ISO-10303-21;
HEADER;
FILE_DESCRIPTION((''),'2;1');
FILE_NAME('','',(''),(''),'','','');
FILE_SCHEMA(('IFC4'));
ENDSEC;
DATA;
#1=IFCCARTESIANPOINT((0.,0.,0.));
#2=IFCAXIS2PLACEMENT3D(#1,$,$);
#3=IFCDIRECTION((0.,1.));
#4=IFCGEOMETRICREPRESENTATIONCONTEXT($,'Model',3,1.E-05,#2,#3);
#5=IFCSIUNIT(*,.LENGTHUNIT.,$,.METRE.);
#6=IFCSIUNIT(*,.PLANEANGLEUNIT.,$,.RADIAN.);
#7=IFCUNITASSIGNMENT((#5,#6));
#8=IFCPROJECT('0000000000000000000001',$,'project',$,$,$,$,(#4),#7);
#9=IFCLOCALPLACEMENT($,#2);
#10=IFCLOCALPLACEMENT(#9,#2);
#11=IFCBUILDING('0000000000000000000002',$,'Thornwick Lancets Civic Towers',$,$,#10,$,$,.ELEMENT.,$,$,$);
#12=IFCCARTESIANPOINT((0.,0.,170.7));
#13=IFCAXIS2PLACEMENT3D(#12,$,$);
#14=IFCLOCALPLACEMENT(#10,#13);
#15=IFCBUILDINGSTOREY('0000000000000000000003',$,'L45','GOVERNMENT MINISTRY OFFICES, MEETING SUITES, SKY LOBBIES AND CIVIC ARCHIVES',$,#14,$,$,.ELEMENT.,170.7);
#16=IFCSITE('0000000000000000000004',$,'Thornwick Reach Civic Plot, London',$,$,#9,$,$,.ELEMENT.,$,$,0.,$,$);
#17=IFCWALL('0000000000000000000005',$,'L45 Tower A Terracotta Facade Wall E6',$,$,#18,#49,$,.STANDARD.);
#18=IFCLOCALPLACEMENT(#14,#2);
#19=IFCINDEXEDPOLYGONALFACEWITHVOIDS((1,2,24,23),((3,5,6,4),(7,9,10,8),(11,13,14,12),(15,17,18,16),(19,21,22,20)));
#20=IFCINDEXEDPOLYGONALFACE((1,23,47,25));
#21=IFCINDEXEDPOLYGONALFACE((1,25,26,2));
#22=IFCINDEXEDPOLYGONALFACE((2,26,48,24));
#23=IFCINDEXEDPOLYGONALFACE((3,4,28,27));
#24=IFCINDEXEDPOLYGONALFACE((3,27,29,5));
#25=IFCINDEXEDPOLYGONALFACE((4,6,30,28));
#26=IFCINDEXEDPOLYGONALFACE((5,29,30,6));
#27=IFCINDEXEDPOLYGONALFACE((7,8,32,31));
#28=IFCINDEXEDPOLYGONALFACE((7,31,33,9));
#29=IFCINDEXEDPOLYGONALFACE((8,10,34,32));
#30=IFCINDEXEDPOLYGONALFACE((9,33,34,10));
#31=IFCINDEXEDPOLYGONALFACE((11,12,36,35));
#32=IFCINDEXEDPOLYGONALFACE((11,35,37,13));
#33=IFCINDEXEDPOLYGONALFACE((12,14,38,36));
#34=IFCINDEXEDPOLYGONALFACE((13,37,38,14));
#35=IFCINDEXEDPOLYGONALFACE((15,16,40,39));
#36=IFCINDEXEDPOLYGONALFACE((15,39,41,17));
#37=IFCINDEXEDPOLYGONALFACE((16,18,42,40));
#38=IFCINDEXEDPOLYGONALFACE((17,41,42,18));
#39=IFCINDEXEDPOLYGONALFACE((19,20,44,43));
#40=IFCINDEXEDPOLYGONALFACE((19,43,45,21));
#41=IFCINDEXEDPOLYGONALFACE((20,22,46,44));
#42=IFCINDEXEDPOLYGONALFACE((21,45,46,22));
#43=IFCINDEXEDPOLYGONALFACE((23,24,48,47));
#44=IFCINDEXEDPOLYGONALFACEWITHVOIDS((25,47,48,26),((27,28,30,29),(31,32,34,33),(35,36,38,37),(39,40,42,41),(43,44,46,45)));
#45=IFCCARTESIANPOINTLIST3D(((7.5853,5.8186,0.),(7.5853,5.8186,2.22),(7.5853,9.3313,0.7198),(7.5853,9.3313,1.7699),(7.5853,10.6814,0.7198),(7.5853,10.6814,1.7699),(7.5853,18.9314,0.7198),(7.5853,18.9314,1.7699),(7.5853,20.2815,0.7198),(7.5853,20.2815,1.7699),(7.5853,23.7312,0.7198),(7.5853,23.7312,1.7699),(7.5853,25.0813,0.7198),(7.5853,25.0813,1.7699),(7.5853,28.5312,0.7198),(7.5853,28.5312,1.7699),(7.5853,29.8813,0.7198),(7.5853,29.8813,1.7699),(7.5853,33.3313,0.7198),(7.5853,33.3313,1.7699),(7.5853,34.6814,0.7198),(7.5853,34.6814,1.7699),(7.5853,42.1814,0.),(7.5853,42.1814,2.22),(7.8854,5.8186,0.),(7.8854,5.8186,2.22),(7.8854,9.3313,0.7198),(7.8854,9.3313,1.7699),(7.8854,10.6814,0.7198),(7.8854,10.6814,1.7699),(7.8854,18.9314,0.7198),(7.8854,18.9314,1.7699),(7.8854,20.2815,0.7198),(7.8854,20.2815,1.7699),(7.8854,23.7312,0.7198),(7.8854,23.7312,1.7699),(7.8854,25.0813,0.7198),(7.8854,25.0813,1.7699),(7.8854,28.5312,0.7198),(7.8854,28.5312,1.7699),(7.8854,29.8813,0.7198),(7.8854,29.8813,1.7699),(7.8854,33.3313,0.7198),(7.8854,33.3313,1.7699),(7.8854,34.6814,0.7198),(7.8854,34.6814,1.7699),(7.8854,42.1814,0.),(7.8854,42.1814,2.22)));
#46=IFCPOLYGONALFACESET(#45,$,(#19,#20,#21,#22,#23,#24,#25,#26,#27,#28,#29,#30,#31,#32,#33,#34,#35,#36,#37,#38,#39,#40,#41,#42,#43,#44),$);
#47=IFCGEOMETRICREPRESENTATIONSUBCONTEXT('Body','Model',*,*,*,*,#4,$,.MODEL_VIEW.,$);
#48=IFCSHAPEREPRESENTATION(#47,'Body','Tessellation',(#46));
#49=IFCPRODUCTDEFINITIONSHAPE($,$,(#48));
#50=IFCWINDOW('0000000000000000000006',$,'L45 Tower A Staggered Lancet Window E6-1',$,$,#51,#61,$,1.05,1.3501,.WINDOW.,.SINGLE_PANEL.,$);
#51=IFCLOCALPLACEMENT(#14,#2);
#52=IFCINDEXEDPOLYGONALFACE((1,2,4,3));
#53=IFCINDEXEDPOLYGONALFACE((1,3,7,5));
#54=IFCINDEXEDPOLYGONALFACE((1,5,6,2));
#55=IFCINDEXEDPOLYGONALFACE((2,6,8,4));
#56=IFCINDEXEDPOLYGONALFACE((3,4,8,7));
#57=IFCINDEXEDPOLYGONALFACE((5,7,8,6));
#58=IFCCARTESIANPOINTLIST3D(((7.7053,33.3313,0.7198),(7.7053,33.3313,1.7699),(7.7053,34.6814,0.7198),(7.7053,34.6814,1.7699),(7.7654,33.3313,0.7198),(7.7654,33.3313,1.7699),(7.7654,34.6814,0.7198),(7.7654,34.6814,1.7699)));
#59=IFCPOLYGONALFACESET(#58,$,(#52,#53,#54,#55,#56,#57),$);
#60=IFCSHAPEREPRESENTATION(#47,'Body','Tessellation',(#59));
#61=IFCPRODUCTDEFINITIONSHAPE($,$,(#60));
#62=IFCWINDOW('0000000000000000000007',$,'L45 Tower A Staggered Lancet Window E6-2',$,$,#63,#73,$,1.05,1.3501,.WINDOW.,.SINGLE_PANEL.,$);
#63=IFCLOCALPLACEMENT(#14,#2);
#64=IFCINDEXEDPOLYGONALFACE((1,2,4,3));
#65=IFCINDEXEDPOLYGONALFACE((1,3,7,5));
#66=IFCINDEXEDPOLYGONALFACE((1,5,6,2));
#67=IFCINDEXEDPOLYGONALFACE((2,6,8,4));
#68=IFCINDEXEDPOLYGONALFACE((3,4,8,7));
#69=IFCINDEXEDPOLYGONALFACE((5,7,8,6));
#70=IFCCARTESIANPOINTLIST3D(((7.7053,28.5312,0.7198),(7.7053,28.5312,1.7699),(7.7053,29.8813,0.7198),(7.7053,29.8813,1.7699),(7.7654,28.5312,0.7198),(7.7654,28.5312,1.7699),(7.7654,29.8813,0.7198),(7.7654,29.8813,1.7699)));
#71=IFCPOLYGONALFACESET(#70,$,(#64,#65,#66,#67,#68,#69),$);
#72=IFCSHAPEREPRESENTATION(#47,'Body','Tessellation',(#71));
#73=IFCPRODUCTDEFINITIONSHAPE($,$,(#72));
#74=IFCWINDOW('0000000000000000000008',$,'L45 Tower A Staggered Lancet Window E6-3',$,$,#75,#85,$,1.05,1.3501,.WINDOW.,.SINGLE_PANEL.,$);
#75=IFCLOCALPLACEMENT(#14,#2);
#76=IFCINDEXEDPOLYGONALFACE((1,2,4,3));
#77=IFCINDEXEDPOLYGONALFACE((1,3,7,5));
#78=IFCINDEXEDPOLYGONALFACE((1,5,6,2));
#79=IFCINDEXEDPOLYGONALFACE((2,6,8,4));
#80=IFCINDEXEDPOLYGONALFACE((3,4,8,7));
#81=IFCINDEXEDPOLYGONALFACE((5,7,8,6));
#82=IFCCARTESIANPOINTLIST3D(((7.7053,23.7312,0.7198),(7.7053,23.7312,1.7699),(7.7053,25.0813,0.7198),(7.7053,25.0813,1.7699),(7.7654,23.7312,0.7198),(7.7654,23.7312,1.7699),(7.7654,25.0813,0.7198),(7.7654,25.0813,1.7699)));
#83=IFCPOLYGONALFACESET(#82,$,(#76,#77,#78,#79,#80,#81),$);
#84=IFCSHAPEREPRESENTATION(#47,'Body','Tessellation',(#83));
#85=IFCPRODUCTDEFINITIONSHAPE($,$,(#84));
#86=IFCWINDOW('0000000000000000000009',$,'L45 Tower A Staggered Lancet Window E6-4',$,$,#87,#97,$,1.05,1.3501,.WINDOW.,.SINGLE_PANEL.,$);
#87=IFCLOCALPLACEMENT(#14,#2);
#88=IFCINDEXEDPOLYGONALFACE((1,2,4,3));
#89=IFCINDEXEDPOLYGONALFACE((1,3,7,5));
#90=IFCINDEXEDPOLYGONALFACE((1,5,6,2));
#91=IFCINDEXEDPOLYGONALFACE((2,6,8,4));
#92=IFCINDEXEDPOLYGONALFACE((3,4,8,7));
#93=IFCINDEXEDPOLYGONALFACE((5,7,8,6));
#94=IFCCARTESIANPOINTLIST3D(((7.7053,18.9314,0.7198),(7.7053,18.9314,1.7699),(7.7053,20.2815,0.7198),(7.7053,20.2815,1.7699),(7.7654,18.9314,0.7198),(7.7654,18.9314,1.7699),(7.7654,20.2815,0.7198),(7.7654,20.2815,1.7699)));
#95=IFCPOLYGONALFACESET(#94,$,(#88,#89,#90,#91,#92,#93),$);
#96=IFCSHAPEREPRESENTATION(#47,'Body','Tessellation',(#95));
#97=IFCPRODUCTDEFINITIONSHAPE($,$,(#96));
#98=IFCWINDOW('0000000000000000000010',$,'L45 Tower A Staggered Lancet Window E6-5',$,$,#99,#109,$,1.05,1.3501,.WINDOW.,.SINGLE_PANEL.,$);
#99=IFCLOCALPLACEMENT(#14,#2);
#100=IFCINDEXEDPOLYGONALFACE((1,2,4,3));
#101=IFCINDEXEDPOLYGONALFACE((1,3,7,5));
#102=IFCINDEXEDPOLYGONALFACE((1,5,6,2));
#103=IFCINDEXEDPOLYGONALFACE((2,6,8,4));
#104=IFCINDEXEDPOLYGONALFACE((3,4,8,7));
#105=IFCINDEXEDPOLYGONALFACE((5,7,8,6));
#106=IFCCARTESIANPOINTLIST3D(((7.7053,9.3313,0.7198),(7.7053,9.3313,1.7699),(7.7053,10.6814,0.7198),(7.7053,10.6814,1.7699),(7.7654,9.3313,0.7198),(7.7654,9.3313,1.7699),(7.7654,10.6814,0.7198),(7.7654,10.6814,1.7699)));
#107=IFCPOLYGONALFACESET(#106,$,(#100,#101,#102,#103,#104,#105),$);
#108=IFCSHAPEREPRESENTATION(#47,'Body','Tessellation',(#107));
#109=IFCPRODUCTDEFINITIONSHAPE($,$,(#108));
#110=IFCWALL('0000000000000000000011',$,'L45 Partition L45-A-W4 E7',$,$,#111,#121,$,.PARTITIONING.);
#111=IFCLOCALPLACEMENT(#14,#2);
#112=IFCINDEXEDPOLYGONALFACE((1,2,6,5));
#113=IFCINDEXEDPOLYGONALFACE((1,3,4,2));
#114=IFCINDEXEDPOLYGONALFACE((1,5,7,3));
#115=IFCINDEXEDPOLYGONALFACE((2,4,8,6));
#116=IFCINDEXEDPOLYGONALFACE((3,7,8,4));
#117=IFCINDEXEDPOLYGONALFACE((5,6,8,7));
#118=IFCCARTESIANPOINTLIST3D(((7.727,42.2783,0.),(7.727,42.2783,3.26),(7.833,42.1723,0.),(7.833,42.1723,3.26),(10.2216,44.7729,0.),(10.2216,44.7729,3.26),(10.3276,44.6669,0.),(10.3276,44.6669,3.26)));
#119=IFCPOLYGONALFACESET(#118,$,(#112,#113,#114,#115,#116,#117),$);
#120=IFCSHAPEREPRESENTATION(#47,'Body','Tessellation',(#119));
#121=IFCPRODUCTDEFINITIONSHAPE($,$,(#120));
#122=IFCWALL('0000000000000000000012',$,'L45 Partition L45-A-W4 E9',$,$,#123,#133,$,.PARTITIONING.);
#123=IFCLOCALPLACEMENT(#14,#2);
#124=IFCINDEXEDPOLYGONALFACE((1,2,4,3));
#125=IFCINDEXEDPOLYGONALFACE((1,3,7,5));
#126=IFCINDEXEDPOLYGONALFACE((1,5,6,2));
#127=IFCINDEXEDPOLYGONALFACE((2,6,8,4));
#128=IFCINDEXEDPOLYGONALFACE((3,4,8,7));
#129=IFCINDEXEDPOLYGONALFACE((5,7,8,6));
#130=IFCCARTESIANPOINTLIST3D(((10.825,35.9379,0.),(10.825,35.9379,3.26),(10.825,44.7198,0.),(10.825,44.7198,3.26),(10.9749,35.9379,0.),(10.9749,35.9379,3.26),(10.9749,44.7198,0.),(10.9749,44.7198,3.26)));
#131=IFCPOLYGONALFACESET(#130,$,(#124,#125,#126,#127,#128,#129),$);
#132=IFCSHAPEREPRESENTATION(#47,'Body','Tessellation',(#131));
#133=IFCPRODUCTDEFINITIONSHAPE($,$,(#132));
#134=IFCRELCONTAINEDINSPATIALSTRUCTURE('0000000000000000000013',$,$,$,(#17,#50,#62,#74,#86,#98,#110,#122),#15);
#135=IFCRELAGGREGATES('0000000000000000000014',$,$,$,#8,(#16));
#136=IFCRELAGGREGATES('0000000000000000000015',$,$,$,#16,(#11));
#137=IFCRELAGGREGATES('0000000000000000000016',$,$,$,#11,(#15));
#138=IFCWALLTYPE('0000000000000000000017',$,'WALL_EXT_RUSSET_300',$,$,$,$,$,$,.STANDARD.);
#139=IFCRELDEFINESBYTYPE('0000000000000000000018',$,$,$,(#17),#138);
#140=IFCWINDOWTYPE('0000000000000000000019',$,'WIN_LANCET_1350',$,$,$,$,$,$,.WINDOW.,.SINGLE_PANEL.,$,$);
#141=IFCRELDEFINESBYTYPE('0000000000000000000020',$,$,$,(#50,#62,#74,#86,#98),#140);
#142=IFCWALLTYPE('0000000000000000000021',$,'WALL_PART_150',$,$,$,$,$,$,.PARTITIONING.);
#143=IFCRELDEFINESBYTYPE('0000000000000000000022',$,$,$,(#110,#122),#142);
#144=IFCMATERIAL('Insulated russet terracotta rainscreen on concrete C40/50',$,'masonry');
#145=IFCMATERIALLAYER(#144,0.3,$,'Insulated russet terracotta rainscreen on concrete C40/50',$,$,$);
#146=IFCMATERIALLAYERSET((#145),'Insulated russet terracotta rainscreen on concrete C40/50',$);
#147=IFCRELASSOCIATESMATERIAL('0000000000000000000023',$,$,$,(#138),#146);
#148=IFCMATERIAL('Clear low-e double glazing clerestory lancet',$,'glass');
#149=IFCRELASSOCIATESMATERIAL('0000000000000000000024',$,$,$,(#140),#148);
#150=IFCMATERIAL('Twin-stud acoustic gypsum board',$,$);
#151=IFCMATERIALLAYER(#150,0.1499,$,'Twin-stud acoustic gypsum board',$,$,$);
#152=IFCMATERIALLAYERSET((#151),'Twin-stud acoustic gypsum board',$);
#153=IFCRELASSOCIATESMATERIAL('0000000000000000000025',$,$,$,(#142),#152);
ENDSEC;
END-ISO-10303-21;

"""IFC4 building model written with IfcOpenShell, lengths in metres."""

from ifc_helpers import new_model, si_unit, direction, frame, frame_2d, origin, place, context, subcontext, project, spatial, rectangle, extrude, material, layer, layer_set, type_object, element, fill, save


model = new_model("IFC4")

# Units and contexts
model_context = context("Model", 3, precision=1e-05, world=origin(), true_north=direction((0.0, 1.0)))
body_context = subcontext(model_context, "Body", "Model", "MODEL_VIEW")
ifc_project = project(units=[si_unit("LENGTHUNIT", "METRE"), si_unit("PLANEANGLEUNIT", "RADIAN")], contexts=[model_context])

# Site, building, storey
site_placement = place(None, origin())
site = spatial("IfcSite", under=ifc_project, at=site_placement, Name="Thornwick Reach Civic Plot, London", CompositionType="ELEMENT", RefElevation=0.0)
building_placement = place(site_placement, origin())
building = spatial("IfcBuilding", under=site, at=building_placement, Name="Thornwick Lancets Civic Towers", CompositionType="ELEMENT")
storey_placement = place(building_placement, frame((0.0, 0.0, 170.7)))
storey = spatial("IfcBuildingStorey", under=building, at=storey_placement, Name="L45", Description="GOVERNMENT MINISTRY OFFICES, MEETING SUITES, SKY LOBBIES AND CIVIC ARCHIVES", CompositionType="ELEMENT", Elevation=170.7)

# Wall, openings, windows
ifc_material_1 = material(Name="Insulated russet terracotta rainscreen on concrete C40/50", Category="masonry")
ifc_layer_1 = layer(ifc_material_1, 0.3, Name="Insulated russet terracotta rainscreen on concrete C40/50")
ifc_layer_set_1 = layer_set([ifc_layer_1], Name="Insulated russet terracotta rainscreen on concrete C40/50")
wall_type_1 = type_object("IfcWallType", Name="WALL_EXT_RUSSET_300", PredefinedType="STANDARD", material=ifc_layer_set_1)
wall_1_placement = place(storey_placement, frame((7.7354, 42.1814, 0.0), z_axis=(0.0, 0.0, 1.0), x_axis=(0.0, -1.0, 0.0)))
wall_1 = element("IfcWall", 1, at=wall_1_placement, inside=storey, type_object=wall_type_1, Name="L45 Tower A Terracotta Facade Wall E6", PredefinedType="STANDARD", context=body_context, shape_type="SweptSolid", body=[
    extrude(rectangle(XDim=36.3628, YDim=0.3, at=frame_2d((18.1814, 0.0))), origin(), (0.0, 0.0, 1.0), 2.22),
])
opening_1_placement = place(wall_1_placement, frame((7.5, 0.0, 0.72)))
opening_1 = element("IfcOpeningElement", 2, at=opening_1_placement, cuts=wall_1, PredefinedType="OPENING", context=body_context, shape_type="SweptSolid", body=[
    extrude(rectangle(XDim=1.3501, YDim=1.05, at=frame_2d((0.675, 0.5249))), frame((0.0, 0.1602, 0.0), z_axis=(0.0, -1.0, 0.0), x_axis=(1.0, 0.0, 0.0)), (0.0, 0.0, 1.0), 0.3201),
])
opening_2_placement = place(wall_1_placement, frame((12.3, 0.0, 0.72)))
opening_2 = element("IfcOpeningElement", 3, at=opening_2_placement, cuts=wall_1, PredefinedType="OPENING", context=body_context, shape_type="SweptSolid", body=[
    extrude(rectangle(XDim=1.3501, YDim=1.05, at=frame_2d((0.675, 0.5249))), frame((0.0, 0.1602, 0.0), z_axis=(0.0, -1.0, 0.0), x_axis=(1.0, 0.0, 0.0)), (0.0, 0.0, 1.0), 0.3201),
])
opening_3_placement = place(wall_1_placement, frame((17.1001, 0.0, 0.72)))
opening_3 = element("IfcOpeningElement", 4, at=opening_3_placement, cuts=wall_1, PredefinedType="OPENING", context=body_context, shape_type="SweptSolid", body=[
    extrude(rectangle(XDim=1.3501, YDim=1.05, at=frame_2d((0.675, 0.5249))), frame((0.0, 0.1602, 0.0), z_axis=(0.0, -1.0, 0.0), x_axis=(1.0, 0.0, 0.0)), (0.0, 0.0, 1.0), 0.3201),
])
opening_4_placement = place(wall_1_placement, frame((21.8999, 0.0, 0.72)))
opening_4 = element("IfcOpeningElement", 5, at=opening_4_placement, cuts=wall_1, PredefinedType="OPENING", context=body_context, shape_type="SweptSolid", body=[
    extrude(rectangle(XDim=1.3501, YDim=1.05, at=frame_2d((0.675, 0.5249))), frame((0.0, 0.1602, 0.0), z_axis=(0.0, -1.0, 0.0), x_axis=(1.0, 0.0, 0.0)), (0.0, 0.0, 1.0), 0.3201),
])
opening_5_placement = place(wall_1_placement, frame((31.5, 0.0, 0.72)))
opening_5 = element("IfcOpeningElement", 6, at=opening_5_placement, cuts=wall_1, PredefinedType="OPENING", context=body_context, shape_type="SweptSolid", body=[
    extrude(rectangle(XDim=1.3501, YDim=1.05, at=frame_2d((0.675, 0.5249))), frame((0.0, 0.1602, 0.0), z_axis=(0.0, -1.0, 0.0), x_axis=(1.0, 0.0, 0.0)), (0.0, 0.0, 1.0), 0.3201),
])
ifc_material_2 = material(Name="Clear low-e double glazing clerestory lancet", Category="glass")
window_type = type_object("IfcWindowType", Name="WIN_LANCET_1350", PartitioningType="SINGLE_PANEL", PredefinedType="WINDOW", material=ifc_material_2)
window_1_placement = place(opening_1_placement, origin())
window_1 = element("IfcWindow", 7, at=window_1_placement, inside=storey, type_object=window_type, Name="L45 Tower A Staggered Lancet Window E6-1", OverallHeight=1.05, OverallWidth=1.3501, PartitioningType="SINGLE_PANEL", PredefinedType="WINDOW", context=body_context, shape_type="SweptSolid", body=[
    extrude(rectangle(XDim=1.3501, YDim=1.05, at=frame_2d((0.675, 0.5249))), frame((0.0, 0.03, 0.0), z_axis=(0.0, -1.0, 0.0), x_axis=(1.0, 0.0, 0.0)), (0.0, 0.0, 1.0), 0.0601),
])
fill(opening_1, window_1)
window_2_placement = place(opening_2_placement, origin())
window_2 = element("IfcWindow", 8, at=window_2_placement, inside=storey, type_object=window_type, Name="L45 Tower A Staggered Lancet Window E6-2", OverallHeight=1.05, OverallWidth=1.3501, PartitioningType="SINGLE_PANEL", PredefinedType="WINDOW", context=body_context, shape_type="SweptSolid", body=[
    extrude(rectangle(XDim=1.3501, YDim=1.05, at=frame_2d((0.675, 0.5249))), frame((0.0, 0.03, 0.0), z_axis=(0.0, -1.0, 0.0), x_axis=(1.0, 0.0, 0.0)), (0.0, 0.0, 1.0), 0.0601),
])
fill(opening_2, window_2)
window_3_placement = place(opening_3_placement, origin())
window_3 = element("IfcWindow", 9, at=window_3_placement, inside=storey, type_object=window_type, Name="L45 Tower A Staggered Lancet Window E6-3", OverallHeight=1.05, OverallWidth=1.3501, PartitioningType="SINGLE_PANEL", PredefinedType="WINDOW", context=body_context, shape_type="SweptSolid", body=[
    extrude(rectangle(XDim=1.3501, YDim=1.05, at=frame_2d((0.675, 0.5249))), frame((0.0, 0.03, 0.0), z_axis=(0.0, -1.0, 0.0), x_axis=(1.0, 0.0, 0.0)), (0.0, 0.0, 1.0), 0.0601),
])
fill(opening_3, window_3)
window_4_placement = place(opening_4_placement, origin())
window_4 = element("IfcWindow", 10, at=window_4_placement, inside=storey, type_object=window_type, Name="L45 Tower A Staggered Lancet Window E6-4", OverallHeight=1.05, OverallWidth=1.3501, PartitioningType="SINGLE_PANEL", PredefinedType="WINDOW", context=body_context, shape_type="SweptSolid", body=[
    extrude(rectangle(XDim=1.3501, YDim=1.05, at=frame_2d((0.675, 0.5249))), frame((0.0, 0.03, 0.0), z_axis=(0.0, -1.0, 0.0), x_axis=(1.0, 0.0, 0.0)), (0.0, 0.0, 1.0), 0.0601),
])
fill(opening_4, window_4)
window_5_placement = place(opening_5_placement, origin())
window_5 = element("IfcWindow", 11, at=window_5_placement, inside=storey, type_object=window_type, Name="L45 Tower A Staggered Lancet Window E6-5", OverallHeight=1.05, OverallWidth=1.3501, PartitioningType="SINGLE_PANEL", PredefinedType="WINDOW", context=body_context, shape_type="SweptSolid", body=[
    extrude(rectangle(XDim=1.3501, YDim=1.05, at=frame_2d((0.675, 0.5249))), frame((0.0, 0.03, 0.0), z_axis=(0.0, -1.0, 0.0), x_axis=(1.0, 0.0, 0.0)), (0.0, 0.0, 1.0), 0.0601),
])
fill(opening_5, window_5)

# Walls
ifc_material_3 = material(Name="Twin-stud acoustic gypsum board")
ifc_layer_2 = layer(ifc_material_3, 0.1499, Name="Twin-stud acoustic gypsum board")
ifc_layer_set_2 = layer_set([ifc_layer_2], Name="Twin-stud acoustic gypsum board")
wall_type_2 = type_object("IfcWallType", Name="WALL_PART_150", PredefinedType="PARTITIONING", material=ifc_layer_set_2)
wall_2_placement = place(storey_placement, frame((7.78, 42.2253, 0.0), z_axis=(0.0, 0.0, 1.0), x_axis=(0.707107, 0.707107, 0.0)))
element("IfcWall", 12, at=wall_2_placement, inside=storey, type_object=wall_type_2, Name="L45 Partition L45-A-W4 E7", PredefinedType="PARTITIONING", context=body_context, shape_type="SweptSolid", body=[
    extrude(rectangle(XDim=3.5278, YDim=0.1499, at=frame_2d((1.7639, 0.0))), origin(), (0.0, 0.0, 1.0), 3.26),
])
wall_3_placement = place(storey_placement, frame((10.8999, 44.72, 0.0), z_axis=(0.0, 0.0, 1.0), x_axis=(0.0, -1.0, 0.0)))
element("IfcWall", 13, at=wall_3_placement, inside=storey, type_object=wall_type_2, Name="L45 Partition L45-A-W4 E9", PredefinedType="PARTITIONING", context=body_context, shape_type="SweptSolid", body=[
    extrude(rectangle(XDim=8.782, YDim=0.1499, at=frame_2d((4.3911, 0.0))), origin(), (0.0, 0.0, 1.0), 3.26),
])

save(model, "model.ifc")
